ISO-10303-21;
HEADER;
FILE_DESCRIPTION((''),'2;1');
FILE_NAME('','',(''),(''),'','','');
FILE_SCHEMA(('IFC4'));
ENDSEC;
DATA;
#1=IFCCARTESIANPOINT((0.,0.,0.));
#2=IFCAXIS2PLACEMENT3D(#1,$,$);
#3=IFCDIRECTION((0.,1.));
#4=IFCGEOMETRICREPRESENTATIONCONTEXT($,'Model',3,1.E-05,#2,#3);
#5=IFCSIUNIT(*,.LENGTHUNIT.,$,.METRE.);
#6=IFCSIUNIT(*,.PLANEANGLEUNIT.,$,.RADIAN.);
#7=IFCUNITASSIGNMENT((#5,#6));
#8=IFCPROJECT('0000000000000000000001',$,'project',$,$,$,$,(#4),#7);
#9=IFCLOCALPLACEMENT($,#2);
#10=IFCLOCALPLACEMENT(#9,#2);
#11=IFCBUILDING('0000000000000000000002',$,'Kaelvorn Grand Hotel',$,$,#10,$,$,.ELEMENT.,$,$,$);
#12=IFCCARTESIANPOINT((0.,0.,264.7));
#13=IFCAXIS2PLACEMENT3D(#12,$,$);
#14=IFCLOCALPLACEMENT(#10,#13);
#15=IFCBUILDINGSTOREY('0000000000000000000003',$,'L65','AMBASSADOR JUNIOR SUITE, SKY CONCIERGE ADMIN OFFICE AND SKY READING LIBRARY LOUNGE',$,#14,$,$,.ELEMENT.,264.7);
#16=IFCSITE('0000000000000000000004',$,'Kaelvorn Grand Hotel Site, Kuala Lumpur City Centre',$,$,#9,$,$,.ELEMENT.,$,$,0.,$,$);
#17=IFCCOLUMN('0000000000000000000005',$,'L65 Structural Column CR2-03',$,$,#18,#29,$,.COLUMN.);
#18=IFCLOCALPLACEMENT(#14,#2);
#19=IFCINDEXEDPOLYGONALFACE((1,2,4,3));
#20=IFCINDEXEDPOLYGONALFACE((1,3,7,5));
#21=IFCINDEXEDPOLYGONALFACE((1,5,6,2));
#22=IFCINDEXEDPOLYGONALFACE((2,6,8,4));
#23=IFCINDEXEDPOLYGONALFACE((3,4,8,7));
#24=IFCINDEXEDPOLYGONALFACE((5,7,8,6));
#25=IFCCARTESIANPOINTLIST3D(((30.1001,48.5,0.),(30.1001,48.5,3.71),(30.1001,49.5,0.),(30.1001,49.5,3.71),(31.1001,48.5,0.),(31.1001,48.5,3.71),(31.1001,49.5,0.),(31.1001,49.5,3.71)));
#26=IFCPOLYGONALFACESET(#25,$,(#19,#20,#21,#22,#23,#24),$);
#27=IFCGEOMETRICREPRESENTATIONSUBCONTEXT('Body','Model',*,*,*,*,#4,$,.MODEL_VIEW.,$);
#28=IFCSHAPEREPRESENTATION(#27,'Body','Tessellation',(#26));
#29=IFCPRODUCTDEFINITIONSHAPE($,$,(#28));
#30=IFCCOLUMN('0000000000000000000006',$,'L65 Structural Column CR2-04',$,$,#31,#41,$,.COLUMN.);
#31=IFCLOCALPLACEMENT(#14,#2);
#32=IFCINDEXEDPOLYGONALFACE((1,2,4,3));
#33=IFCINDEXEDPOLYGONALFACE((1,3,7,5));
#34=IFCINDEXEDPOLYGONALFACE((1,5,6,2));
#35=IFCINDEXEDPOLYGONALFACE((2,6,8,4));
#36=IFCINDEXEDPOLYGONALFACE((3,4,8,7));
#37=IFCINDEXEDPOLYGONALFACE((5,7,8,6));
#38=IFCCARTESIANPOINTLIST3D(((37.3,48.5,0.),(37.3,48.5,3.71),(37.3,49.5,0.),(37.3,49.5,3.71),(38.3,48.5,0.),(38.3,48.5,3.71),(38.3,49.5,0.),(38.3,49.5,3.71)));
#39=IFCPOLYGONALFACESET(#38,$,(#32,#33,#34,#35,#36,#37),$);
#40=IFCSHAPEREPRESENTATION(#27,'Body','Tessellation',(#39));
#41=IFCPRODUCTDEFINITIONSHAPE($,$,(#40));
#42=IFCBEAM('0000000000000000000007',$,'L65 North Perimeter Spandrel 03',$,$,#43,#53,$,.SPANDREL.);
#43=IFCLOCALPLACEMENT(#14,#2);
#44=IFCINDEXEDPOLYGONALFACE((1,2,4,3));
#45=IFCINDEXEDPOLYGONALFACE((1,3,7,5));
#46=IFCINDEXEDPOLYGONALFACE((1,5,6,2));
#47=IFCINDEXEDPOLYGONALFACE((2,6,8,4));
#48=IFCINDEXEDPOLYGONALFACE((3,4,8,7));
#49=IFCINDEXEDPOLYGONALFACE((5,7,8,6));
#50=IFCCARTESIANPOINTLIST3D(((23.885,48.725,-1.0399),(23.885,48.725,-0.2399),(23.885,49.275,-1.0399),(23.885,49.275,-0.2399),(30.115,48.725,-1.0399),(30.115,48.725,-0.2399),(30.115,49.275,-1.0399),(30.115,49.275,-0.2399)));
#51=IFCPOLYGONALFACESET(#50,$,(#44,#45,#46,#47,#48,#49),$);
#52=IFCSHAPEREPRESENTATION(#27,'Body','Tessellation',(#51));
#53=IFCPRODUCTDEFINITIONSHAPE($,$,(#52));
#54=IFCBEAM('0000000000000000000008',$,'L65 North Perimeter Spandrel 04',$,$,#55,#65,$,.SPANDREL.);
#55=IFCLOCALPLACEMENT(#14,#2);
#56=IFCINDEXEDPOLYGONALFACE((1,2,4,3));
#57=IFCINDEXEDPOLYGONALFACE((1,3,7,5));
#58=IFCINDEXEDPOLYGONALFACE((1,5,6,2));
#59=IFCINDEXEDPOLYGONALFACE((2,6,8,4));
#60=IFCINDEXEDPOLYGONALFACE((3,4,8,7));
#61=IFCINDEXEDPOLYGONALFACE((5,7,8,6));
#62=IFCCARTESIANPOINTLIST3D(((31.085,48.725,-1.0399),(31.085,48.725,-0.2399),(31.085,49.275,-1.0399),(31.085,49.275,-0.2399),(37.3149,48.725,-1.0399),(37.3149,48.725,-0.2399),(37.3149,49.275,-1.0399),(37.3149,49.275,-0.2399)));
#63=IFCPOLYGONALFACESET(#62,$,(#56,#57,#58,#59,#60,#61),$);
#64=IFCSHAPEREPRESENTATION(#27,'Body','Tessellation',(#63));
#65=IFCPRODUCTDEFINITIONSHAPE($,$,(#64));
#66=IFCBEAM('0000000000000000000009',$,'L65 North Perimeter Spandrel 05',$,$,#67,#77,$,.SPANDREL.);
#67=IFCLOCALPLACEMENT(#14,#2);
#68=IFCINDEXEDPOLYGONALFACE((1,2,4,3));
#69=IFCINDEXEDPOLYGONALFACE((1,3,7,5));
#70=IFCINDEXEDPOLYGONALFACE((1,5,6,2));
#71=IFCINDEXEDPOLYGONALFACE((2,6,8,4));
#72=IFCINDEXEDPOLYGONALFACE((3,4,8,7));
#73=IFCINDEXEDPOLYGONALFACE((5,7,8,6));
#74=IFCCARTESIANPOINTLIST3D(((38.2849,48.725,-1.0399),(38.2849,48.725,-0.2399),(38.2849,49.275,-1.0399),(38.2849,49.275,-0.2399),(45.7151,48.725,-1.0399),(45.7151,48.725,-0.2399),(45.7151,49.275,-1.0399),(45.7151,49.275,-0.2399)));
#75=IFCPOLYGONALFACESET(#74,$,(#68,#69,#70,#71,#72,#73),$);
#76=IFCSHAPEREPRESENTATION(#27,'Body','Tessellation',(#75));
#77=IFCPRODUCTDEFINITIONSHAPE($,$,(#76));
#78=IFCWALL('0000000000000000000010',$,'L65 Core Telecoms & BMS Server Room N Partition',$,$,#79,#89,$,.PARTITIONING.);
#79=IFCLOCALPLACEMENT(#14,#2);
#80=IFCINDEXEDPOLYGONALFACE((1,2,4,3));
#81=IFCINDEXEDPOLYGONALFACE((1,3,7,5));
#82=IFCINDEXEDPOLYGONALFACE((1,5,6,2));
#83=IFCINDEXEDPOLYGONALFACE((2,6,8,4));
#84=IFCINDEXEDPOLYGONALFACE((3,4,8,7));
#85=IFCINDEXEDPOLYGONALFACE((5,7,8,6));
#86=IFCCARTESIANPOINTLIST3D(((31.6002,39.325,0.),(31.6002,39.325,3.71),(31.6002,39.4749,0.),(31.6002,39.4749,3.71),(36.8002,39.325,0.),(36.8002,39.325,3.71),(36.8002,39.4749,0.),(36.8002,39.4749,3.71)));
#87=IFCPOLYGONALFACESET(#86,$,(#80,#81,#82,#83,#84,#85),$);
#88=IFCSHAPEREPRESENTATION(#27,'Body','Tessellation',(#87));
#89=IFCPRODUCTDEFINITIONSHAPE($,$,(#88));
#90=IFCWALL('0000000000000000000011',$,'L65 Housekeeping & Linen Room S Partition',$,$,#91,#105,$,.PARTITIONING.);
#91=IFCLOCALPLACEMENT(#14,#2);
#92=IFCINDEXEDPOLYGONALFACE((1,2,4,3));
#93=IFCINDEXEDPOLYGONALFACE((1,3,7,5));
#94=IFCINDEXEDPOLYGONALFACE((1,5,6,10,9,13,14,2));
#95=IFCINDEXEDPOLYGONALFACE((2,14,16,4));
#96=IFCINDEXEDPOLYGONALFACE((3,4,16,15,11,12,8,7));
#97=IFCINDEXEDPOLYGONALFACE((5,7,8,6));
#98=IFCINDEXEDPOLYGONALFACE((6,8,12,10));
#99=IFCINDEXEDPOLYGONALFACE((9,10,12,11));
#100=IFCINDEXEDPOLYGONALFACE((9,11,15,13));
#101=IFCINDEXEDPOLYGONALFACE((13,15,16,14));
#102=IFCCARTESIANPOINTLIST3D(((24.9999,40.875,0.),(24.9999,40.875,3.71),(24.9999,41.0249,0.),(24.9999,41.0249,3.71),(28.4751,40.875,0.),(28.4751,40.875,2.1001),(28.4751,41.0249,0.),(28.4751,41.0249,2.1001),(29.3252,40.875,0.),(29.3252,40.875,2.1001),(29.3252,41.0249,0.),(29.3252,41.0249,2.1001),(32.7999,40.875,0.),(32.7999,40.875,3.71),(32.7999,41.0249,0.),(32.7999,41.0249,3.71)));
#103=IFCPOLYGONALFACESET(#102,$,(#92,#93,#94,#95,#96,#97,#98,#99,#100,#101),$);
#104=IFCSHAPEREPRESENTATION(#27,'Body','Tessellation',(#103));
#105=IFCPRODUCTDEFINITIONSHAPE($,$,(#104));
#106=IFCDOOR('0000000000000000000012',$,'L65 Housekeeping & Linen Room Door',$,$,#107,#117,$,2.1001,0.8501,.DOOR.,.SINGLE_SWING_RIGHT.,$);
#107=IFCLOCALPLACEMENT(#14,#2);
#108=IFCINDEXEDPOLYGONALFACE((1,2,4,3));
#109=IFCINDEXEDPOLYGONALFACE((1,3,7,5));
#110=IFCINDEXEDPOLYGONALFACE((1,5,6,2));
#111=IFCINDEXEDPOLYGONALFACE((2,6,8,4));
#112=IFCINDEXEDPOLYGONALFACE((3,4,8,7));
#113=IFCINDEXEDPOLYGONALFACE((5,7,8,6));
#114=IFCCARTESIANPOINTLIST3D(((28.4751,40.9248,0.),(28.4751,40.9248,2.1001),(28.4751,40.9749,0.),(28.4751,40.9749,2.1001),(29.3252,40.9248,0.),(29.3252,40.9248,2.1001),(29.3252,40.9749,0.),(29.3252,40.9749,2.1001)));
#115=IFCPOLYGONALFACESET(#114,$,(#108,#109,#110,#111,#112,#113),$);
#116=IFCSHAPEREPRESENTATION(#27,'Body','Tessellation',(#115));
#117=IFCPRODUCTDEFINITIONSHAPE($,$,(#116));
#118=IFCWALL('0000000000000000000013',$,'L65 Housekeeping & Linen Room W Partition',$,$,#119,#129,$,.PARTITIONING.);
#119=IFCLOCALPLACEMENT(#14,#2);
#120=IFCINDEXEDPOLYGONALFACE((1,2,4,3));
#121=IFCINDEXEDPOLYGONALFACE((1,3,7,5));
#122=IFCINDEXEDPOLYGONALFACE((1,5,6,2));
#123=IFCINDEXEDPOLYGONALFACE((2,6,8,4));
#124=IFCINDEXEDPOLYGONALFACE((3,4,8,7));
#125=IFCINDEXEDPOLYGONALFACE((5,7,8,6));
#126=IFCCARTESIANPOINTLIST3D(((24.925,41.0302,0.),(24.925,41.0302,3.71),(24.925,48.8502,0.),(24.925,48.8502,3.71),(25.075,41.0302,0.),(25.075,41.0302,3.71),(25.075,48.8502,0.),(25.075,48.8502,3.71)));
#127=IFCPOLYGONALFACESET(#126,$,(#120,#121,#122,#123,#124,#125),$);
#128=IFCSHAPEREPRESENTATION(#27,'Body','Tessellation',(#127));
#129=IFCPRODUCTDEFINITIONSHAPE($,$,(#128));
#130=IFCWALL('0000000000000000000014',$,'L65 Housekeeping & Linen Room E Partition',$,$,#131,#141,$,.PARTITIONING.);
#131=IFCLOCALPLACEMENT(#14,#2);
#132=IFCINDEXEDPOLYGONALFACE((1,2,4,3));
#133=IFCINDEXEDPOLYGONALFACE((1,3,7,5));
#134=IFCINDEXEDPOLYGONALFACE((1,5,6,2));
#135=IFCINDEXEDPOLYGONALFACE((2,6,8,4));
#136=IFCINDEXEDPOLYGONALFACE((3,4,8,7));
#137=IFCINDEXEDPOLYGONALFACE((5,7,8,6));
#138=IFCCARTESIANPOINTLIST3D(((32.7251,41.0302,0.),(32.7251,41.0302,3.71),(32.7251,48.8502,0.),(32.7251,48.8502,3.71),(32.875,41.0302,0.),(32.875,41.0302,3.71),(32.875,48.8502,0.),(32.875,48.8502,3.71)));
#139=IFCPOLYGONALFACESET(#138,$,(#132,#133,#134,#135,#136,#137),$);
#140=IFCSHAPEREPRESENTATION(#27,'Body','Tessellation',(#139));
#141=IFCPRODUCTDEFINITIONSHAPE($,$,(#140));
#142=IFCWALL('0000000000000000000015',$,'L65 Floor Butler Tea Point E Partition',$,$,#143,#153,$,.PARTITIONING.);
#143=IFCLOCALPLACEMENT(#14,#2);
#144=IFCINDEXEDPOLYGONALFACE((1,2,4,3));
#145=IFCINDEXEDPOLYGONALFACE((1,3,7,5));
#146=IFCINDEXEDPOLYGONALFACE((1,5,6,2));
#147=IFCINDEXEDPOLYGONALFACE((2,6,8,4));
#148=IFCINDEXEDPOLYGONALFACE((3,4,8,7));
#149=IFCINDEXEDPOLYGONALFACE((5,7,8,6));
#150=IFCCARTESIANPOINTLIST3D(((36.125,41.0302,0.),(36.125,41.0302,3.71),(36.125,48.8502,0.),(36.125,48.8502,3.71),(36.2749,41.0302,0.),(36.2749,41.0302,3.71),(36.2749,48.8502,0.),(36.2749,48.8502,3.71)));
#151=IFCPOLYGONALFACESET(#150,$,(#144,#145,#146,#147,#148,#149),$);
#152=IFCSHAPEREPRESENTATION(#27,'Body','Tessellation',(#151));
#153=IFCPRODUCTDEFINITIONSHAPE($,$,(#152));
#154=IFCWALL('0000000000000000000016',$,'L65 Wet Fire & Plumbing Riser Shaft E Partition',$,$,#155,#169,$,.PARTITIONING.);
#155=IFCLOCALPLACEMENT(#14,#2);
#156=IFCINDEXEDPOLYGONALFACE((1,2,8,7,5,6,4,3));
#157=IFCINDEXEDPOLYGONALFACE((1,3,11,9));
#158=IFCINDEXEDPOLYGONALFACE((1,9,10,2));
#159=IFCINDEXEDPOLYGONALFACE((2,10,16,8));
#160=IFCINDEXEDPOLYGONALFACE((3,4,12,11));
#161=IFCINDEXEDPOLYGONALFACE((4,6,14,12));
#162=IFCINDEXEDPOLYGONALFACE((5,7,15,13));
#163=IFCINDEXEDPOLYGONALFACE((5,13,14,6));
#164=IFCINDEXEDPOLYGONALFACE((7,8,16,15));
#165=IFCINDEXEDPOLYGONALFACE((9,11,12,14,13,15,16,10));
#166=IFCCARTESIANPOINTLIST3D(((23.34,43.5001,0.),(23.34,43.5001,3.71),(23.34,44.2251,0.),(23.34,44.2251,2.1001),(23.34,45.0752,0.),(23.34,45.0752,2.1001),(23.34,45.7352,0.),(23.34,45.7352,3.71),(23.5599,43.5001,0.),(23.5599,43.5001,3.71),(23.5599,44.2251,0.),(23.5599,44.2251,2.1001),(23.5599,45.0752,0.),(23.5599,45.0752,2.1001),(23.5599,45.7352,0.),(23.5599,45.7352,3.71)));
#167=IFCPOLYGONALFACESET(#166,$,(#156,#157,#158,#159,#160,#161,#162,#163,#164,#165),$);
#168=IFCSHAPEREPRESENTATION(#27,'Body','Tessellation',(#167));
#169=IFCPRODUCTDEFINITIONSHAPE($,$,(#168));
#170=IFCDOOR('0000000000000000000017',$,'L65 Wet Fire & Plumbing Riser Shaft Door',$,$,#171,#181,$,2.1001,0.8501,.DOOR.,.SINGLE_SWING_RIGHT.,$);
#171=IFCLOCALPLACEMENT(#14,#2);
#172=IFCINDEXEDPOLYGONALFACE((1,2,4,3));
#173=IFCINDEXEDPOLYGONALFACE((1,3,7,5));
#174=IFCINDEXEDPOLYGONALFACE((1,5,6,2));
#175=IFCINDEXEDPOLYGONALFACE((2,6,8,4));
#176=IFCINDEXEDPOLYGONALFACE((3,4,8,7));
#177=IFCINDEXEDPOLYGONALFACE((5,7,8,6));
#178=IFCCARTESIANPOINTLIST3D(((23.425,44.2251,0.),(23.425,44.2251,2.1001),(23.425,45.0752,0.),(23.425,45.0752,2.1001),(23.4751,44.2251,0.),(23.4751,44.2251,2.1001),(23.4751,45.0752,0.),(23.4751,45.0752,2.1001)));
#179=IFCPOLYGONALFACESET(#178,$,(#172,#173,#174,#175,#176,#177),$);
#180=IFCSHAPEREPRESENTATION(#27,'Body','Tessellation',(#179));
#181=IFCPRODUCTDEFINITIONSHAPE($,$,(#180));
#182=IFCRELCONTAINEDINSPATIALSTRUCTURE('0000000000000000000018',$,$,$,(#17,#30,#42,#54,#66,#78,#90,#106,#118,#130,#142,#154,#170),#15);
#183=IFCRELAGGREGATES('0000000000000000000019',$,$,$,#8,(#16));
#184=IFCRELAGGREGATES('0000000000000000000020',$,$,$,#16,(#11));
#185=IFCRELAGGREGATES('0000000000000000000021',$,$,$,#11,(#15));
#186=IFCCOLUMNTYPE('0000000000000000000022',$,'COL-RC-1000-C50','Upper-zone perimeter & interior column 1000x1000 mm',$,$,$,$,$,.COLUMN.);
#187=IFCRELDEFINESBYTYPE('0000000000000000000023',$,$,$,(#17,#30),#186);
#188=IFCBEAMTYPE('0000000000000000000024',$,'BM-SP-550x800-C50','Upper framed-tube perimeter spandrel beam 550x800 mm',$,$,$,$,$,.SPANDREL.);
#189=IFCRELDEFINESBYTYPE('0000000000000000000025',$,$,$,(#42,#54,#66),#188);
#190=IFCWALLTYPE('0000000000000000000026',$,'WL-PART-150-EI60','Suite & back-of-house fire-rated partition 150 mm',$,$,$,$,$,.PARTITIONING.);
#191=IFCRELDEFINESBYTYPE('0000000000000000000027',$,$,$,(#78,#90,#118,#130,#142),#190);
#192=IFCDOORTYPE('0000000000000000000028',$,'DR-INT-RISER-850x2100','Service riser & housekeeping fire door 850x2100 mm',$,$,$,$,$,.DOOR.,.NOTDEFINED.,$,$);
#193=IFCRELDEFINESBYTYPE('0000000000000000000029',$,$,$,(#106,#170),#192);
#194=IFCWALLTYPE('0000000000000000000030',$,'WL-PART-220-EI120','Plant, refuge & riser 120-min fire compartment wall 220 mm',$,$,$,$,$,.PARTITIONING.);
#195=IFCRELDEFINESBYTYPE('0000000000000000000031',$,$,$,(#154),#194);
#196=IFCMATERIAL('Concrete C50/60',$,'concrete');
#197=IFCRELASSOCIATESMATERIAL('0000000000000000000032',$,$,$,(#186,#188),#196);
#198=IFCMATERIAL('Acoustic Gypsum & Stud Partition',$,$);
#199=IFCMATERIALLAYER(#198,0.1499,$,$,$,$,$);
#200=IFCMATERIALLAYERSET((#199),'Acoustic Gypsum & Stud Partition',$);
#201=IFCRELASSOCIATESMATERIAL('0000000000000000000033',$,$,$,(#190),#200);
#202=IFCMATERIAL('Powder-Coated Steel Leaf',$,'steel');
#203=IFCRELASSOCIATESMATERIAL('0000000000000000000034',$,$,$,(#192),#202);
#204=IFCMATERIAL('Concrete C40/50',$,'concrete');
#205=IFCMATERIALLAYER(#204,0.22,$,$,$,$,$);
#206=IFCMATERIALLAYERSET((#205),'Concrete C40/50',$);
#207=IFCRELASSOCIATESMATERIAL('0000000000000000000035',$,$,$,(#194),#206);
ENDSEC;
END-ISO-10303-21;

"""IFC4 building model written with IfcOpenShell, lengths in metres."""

from ifc_helpers import new_model, si_unit, direction, frame, frame_2d, origin, origin_2d, place, context, subcontext, project, spatial, rectangle, extrude, material, layer, layer_set, material_profile, profile_set, type_object, element, fill, save


model = new_model("IFC4")

# Units and contexts
model_context = context("Model", 3, precision=1e-05, world=origin(), true_north=direction((0.0, 1.0)))
body_context = subcontext(model_context, "Body", "Model", "MODEL_VIEW")
ifc_project = project(units=[si_unit("LENGTHUNIT", "METRE"), si_unit("PLANEANGLEUNIT", "RADIAN")], contexts=[model_context])

# Site, building, storey
site_placement = place(None, origin())
site = spatial("IfcSite", under=ifc_project, at=site_placement, Name="Kaelvorn Grand Hotel Site, Kuala Lumpur City Centre", CompositionType="ELEMENT", RefElevation=0.0)
building_placement = place(site_placement, origin())
building = spatial("IfcBuilding", under=site, at=building_placement, Name="Kaelvorn Grand Hotel", CompositionType="ELEMENT")
storey_placement = place(building_placement, frame((0.0, 0.0, 264.7)))
storey = spatial("IfcBuildingStorey", under=building, at=storey_placement, Name="L65", Description="AMBASSADOR JUNIOR SUITE, SKY CONCIERGE ADMIN OFFICE AND SKY READING LIBRARY LOUNGE", CompositionType="ELEMENT", Elevation=264.7)

# Columns
ifc_material_1 = material(Name="Concrete C50/60", Category="concrete")
ifc_material_profile_1 = material_profile(ifc_material_1, rectangle(XDim=1.0, YDim=1.0, at=origin_2d()), Name="RC COL 1000x1000")
ifc_profile_set_1 = profile_set([ifc_material_profile_1], Name="Concrete C50/60")
column_type = type_object("IfcColumnType", Name="COL-RC-1000-C50", Description="Upper-zone perimeter & interior column 1000x1000 mm", PredefinedType="COLUMN", material=ifc_profile_set_1)
for number, where, z_axis, x_axis, name in (
    (1, (30.6001, 49.0, 0.0), (0.0, 0.0, 1.0), (1.0, 0.0, 0.0), "L65 Structural Column CR2-03"),
    (2, (37.8, 49.0, 0.0), (0.0, 0.0, 1.0), (1.0, 0.0, 0.0), "L65 Structural Column CR2-04"),
):
    element("IfcColumn", number, at=place(storey_placement, frame(where, z_axis=z_axis, x_axis=x_axis)), inside=storey, type_object=column_type, Name=name, PredefinedType="COLUMN", context=body_context, shape_type="SweptSolid", body=[
        extrude(rectangle(XDim=1.0, YDim=1.0, at=origin_2d()), origin(), (0.0, 0.0, 1.0), 3.71),
    ])

# Beams
ifc_material_profile_2 = material_profile(ifc_material_1, rectangle(XDim=0.55, YDim=0.8, at=origin_2d()), Name="RC SPANDREL 550x800")
ifc_profile_set_2 = profile_set([ifc_material_profile_2], Name="Concrete C50/60")
beam_type = type_object("IfcBeamType", Name="BM-SP-550x800-C50", Description="Upper framed-tube perimeter spandrel beam 550x800 mm", PredefinedType="SPANDREL", material=ifc_profile_set_2)
for number, where, z_axis, x_axis, name in (
    (3, (23.885, 49.0, -0.6399), (1.0, 0.0, 0.0), (0.0, 1.0, 0.0), "L65 North Perimeter Spandrel 03"),
    (4, (31.085, 49.0, -0.6399), (1.0, 0.0, 0.0), (0.0, 1.0, 0.0), "L65 North Perimeter Spandrel 04"),
):
    element("IfcBeam", number, at=place(storey_placement, frame(where, z_axis=z_axis, x_axis=x_axis)), inside=storey, type_object=beam_type, Name=name, PredefinedType="SPANDREL", context=body_context, shape_type="SweptSolid", body=[
        extrude(rectangle(XDim=0.55, YDim=0.8, at=origin_2d()), origin(), (0.0, 0.0, 1.0), 6.23),
    ])
beam_placement = place(storey_placement, frame((38.2849, 49.0, -0.6399), z_axis=(1.0, 0.0, 0.0), x_axis=(0.0, 1.0, 0.0)))
element("IfcBeam", 5, at=beam_placement, inside=storey, type_object=beam_type, Name="L65 North Perimeter Spandrel 05", PredefinedType="SPANDREL", context=body_context, shape_type="SweptSolid", body=[
    extrude(rectangle(XDim=0.55, YDim=0.8, at=origin_2d()), origin(), (0.0, 0.0, 1.0), 7.4302),
])

# Wall
ifc_material_2 = material(Name="Acoustic Gypsum & Stud Partition")
ifc_layer_1 = layer(ifc_material_2, 0.1499)
ifc_layer_set_1 = layer_set([ifc_layer_1], Name="Acoustic Gypsum & Stud Partition")
wall_type_1 = type_object("IfcWallType", Name="WL-PART-150-EI60", Description="Suite & back-of-house fire-rated partition 150 mm", PredefinedType="PARTITIONING", material=ifc_layer_set_1)
wall_1_placement = place(storey_placement, frame((31.6001, 39.3999, 0.0), z_axis=(0.0, 0.0, 1.0), x_axis=(1.0, 0.0, 0.0)))
element("IfcWall", 6, at=wall_1_placement, inside=storey, type_object=wall_type_1, Name="L65 Core Telecoms & BMS Server Room N Partition", PredefinedType="PARTITIONING", context=body_context, shape_type="SweptSolid", body=[
    extrude(rectangle(XDim=5.2, YDim=0.1499, at=frame_2d((2.6001, 0.0))), origin(), (0.0, 0.0, 1.0), 3.71),
])

# Wall, opening, door
wall_2_placement = place(storey_placement, frame((25.0, 40.95, 0.0), z_axis=(0.0, 0.0, 1.0), x_axis=(1.0, 0.0, 0.0)))
wall_2 = element("IfcWall", 7, at=wall_2_placement, inside=storey, type_object=wall_type_1, Name="L65 Housekeeping & Linen Room S Partition", PredefinedType="PARTITIONING", context=body_context, shape_type="SweptSolid", body=[
    extrude(rectangle(XDim=7.8, YDim=0.1499, at=frame_2d((3.8999, 0.0))), origin(), (0.0, 0.0, 1.0), 3.71),
])
opening_1_placement = place(wall_2_placement, frame((3.4751, 0.0, 0.0)))
opening_1 = element("IfcOpeningElement", 8, at=opening_1_placement, cuts=wall_2, PredefinedType="OPENING", context=body_context, shape_type="SweptSolid", body=[
    extrude(rectangle(XDim=0.8501, YDim=2.1001, at=frame_2d((0.425, 1.05))), frame((0.0, 0.085, 0.0), z_axis=(0.0, -1.0, 0.0), x_axis=(1.0, 0.0, 0.0)), (0.0, 0.0, 1.0), 0.1699),
])
ifc_material_3 = material(Name="Powder-Coated Steel Leaf", Category="steel")
door_type_1 = type_object("IfcDoorType", Name="DR-INT-RISER-850x2100", Description="Service riser & housekeeping fire door 850x2100 mm", OperationType="NOTDEFINED", PredefinedType="DOOR", material=ifc_material_3)
door_1_placement = place(opening_1_placement, origin())
door_1 = element("IfcDoor", 9, at=door_1_placement, inside=storey, type_object=door_type_1, Name="L65 Housekeeping & Linen Room Door", OperationType="SINGLE_SWING_RIGHT", OverallHeight=2.1001, OverallWidth=0.8501, PredefinedType="DOOR", context=body_context, shape_type="SweptSolid", body=[
    extrude(rectangle(XDim=0.8501, YDim=2.1001, at=frame_2d((0.425, 1.05))), frame((0.0, 0.0249, 0.0), z_axis=(0.0, -1.0, 0.0), x_axis=(1.0, 0.0, 0.0)), (0.0, 0.0, 1.0), 0.05),
])
fill(opening_1, door_1)

# Walls
for number, where, z_axis, x_axis, name in (
    (10, (25.0, 41.03, 0.0), (0.0, 0.0, 1.0), (0.0, 1.0, 0.0), "L65 Housekeeping & Linen Room W Partition"),
    (11, (32.8, 41.03, 0.0), (0.0, 0.0, 1.0), (0.0, 1.0, 0.0), "L65 Housekeeping & Linen Room E Partition"),
):
    element("IfcWall", number, at=place(storey_placement, frame(where, z_axis=z_axis, x_axis=x_axis)), inside=storey, type_object=wall_type_1, Name=name, PredefinedType="PARTITIONING", context=body_context, shape_type="SweptSolid", body=[
        extrude(rectangle(XDim=7.8201, YDim=0.1499, at=frame_2d((3.9102, 0.0))), origin(), (0.0, 0.0, 1.0), 3.71),
    ])

# Wall
wall_3_placement = place(storey_placement, frame((36.2, 41.03, 0.0), z_axis=(0.0, 0.0, 1.0), x_axis=(0.0, 1.0, 0.0)))
element("IfcWall", 12, at=wall_3_placement, inside=storey, type_object=wall_type_1, Name="L65 Floor Butler Tea Point E Partition", PredefinedType="PARTITIONING", context=body_context, shape_type="SweptSolid", body=[
    extrude(rectangle(XDim=7.8201, YDim=0.1499, at=frame_2d((3.9102, 0.0))), origin(), (0.0, 0.0, 1.0), 3.71),
])

# Wall, opening, door
ifc_material_4 = material(Name="Concrete C40/50", Category="concrete")
ifc_layer_2 = layer(ifc_material_4, 0.22)
ifc_layer_set_2 = layer_set([ifc_layer_2], Name="Concrete C40/50")
wall_type_2 = type_object("IfcWallType", Name="WL-PART-220-EI120", Description="Plant, refuge & riser 120-min fire compartment wall 220 mm", PredefinedType="PARTITIONING", material=ifc_layer_set_2)
wall_4_placement = place(storey_placement, frame((23.45, 43.5, 0.0), z_axis=(0.0, 0.0, 1.0), x_axis=(0.0, 1.0, 0.0)))
wall_4 = element("IfcWall", 13, at=wall_4_placement, inside=storey, type_object=wall_type_2, Name="L65 Wet Fire & Plumbing Riser Shaft E Partition", PredefinedType="PARTITIONING", context=body_context, shape_type="SweptSolid", body=[
    extrude(rectangle(XDim=2.2351, YDim=0.22, at=frame_2d((1.1177, 0.0))), origin(), (0.0, 0.0, 1.0), 3.71),
])
opening_2_placement = place(wall_4_placement, frame((0.7251, 0.0, 0.0)))
opening_2 = element("IfcOpeningElement", 14, at=opening_2_placement, cuts=wall_4, PredefinedType="OPENING", context=body_context, shape_type="SweptSolid", body=[
    extrude(rectangle(XDim=0.8501, YDim=2.1001, at=frame_2d((0.425, 1.05))), frame((0.0, 0.1201, 0.0), z_axis=(0.0, -1.0, 0.0), x_axis=(1.0, 0.0, 0.0)), (0.0, 0.0, 1.0), 0.24),
])
door_2_placement = place(opening_2_placement, origin())
door_2 = element("IfcDoor", 15, at=door_2_placement, inside=storey, type_object=door_type_1, Name="L65 Wet Fire & Plumbing Riser Shaft Door", OperationType="SINGLE_SWING_RIGHT", OverallHeight=2.1001, OverallWidth=0.8501, PredefinedType="DOOR", context=body_context, shape_type="SweptSolid", body=[
    extrude(rectangle(XDim=0.8501, YDim=2.1001, at=frame_2d((0.425, 1.05))), frame((0.0, 0.0249, 0.0), z_axis=(0.0, -1.0, 0.0), x_axis=(1.0, 0.0, 0.0)), (0.0, 0.0, 1.0), 0.05),
])
fill(opening_2, door_2)

save(model, "model.ifc")
